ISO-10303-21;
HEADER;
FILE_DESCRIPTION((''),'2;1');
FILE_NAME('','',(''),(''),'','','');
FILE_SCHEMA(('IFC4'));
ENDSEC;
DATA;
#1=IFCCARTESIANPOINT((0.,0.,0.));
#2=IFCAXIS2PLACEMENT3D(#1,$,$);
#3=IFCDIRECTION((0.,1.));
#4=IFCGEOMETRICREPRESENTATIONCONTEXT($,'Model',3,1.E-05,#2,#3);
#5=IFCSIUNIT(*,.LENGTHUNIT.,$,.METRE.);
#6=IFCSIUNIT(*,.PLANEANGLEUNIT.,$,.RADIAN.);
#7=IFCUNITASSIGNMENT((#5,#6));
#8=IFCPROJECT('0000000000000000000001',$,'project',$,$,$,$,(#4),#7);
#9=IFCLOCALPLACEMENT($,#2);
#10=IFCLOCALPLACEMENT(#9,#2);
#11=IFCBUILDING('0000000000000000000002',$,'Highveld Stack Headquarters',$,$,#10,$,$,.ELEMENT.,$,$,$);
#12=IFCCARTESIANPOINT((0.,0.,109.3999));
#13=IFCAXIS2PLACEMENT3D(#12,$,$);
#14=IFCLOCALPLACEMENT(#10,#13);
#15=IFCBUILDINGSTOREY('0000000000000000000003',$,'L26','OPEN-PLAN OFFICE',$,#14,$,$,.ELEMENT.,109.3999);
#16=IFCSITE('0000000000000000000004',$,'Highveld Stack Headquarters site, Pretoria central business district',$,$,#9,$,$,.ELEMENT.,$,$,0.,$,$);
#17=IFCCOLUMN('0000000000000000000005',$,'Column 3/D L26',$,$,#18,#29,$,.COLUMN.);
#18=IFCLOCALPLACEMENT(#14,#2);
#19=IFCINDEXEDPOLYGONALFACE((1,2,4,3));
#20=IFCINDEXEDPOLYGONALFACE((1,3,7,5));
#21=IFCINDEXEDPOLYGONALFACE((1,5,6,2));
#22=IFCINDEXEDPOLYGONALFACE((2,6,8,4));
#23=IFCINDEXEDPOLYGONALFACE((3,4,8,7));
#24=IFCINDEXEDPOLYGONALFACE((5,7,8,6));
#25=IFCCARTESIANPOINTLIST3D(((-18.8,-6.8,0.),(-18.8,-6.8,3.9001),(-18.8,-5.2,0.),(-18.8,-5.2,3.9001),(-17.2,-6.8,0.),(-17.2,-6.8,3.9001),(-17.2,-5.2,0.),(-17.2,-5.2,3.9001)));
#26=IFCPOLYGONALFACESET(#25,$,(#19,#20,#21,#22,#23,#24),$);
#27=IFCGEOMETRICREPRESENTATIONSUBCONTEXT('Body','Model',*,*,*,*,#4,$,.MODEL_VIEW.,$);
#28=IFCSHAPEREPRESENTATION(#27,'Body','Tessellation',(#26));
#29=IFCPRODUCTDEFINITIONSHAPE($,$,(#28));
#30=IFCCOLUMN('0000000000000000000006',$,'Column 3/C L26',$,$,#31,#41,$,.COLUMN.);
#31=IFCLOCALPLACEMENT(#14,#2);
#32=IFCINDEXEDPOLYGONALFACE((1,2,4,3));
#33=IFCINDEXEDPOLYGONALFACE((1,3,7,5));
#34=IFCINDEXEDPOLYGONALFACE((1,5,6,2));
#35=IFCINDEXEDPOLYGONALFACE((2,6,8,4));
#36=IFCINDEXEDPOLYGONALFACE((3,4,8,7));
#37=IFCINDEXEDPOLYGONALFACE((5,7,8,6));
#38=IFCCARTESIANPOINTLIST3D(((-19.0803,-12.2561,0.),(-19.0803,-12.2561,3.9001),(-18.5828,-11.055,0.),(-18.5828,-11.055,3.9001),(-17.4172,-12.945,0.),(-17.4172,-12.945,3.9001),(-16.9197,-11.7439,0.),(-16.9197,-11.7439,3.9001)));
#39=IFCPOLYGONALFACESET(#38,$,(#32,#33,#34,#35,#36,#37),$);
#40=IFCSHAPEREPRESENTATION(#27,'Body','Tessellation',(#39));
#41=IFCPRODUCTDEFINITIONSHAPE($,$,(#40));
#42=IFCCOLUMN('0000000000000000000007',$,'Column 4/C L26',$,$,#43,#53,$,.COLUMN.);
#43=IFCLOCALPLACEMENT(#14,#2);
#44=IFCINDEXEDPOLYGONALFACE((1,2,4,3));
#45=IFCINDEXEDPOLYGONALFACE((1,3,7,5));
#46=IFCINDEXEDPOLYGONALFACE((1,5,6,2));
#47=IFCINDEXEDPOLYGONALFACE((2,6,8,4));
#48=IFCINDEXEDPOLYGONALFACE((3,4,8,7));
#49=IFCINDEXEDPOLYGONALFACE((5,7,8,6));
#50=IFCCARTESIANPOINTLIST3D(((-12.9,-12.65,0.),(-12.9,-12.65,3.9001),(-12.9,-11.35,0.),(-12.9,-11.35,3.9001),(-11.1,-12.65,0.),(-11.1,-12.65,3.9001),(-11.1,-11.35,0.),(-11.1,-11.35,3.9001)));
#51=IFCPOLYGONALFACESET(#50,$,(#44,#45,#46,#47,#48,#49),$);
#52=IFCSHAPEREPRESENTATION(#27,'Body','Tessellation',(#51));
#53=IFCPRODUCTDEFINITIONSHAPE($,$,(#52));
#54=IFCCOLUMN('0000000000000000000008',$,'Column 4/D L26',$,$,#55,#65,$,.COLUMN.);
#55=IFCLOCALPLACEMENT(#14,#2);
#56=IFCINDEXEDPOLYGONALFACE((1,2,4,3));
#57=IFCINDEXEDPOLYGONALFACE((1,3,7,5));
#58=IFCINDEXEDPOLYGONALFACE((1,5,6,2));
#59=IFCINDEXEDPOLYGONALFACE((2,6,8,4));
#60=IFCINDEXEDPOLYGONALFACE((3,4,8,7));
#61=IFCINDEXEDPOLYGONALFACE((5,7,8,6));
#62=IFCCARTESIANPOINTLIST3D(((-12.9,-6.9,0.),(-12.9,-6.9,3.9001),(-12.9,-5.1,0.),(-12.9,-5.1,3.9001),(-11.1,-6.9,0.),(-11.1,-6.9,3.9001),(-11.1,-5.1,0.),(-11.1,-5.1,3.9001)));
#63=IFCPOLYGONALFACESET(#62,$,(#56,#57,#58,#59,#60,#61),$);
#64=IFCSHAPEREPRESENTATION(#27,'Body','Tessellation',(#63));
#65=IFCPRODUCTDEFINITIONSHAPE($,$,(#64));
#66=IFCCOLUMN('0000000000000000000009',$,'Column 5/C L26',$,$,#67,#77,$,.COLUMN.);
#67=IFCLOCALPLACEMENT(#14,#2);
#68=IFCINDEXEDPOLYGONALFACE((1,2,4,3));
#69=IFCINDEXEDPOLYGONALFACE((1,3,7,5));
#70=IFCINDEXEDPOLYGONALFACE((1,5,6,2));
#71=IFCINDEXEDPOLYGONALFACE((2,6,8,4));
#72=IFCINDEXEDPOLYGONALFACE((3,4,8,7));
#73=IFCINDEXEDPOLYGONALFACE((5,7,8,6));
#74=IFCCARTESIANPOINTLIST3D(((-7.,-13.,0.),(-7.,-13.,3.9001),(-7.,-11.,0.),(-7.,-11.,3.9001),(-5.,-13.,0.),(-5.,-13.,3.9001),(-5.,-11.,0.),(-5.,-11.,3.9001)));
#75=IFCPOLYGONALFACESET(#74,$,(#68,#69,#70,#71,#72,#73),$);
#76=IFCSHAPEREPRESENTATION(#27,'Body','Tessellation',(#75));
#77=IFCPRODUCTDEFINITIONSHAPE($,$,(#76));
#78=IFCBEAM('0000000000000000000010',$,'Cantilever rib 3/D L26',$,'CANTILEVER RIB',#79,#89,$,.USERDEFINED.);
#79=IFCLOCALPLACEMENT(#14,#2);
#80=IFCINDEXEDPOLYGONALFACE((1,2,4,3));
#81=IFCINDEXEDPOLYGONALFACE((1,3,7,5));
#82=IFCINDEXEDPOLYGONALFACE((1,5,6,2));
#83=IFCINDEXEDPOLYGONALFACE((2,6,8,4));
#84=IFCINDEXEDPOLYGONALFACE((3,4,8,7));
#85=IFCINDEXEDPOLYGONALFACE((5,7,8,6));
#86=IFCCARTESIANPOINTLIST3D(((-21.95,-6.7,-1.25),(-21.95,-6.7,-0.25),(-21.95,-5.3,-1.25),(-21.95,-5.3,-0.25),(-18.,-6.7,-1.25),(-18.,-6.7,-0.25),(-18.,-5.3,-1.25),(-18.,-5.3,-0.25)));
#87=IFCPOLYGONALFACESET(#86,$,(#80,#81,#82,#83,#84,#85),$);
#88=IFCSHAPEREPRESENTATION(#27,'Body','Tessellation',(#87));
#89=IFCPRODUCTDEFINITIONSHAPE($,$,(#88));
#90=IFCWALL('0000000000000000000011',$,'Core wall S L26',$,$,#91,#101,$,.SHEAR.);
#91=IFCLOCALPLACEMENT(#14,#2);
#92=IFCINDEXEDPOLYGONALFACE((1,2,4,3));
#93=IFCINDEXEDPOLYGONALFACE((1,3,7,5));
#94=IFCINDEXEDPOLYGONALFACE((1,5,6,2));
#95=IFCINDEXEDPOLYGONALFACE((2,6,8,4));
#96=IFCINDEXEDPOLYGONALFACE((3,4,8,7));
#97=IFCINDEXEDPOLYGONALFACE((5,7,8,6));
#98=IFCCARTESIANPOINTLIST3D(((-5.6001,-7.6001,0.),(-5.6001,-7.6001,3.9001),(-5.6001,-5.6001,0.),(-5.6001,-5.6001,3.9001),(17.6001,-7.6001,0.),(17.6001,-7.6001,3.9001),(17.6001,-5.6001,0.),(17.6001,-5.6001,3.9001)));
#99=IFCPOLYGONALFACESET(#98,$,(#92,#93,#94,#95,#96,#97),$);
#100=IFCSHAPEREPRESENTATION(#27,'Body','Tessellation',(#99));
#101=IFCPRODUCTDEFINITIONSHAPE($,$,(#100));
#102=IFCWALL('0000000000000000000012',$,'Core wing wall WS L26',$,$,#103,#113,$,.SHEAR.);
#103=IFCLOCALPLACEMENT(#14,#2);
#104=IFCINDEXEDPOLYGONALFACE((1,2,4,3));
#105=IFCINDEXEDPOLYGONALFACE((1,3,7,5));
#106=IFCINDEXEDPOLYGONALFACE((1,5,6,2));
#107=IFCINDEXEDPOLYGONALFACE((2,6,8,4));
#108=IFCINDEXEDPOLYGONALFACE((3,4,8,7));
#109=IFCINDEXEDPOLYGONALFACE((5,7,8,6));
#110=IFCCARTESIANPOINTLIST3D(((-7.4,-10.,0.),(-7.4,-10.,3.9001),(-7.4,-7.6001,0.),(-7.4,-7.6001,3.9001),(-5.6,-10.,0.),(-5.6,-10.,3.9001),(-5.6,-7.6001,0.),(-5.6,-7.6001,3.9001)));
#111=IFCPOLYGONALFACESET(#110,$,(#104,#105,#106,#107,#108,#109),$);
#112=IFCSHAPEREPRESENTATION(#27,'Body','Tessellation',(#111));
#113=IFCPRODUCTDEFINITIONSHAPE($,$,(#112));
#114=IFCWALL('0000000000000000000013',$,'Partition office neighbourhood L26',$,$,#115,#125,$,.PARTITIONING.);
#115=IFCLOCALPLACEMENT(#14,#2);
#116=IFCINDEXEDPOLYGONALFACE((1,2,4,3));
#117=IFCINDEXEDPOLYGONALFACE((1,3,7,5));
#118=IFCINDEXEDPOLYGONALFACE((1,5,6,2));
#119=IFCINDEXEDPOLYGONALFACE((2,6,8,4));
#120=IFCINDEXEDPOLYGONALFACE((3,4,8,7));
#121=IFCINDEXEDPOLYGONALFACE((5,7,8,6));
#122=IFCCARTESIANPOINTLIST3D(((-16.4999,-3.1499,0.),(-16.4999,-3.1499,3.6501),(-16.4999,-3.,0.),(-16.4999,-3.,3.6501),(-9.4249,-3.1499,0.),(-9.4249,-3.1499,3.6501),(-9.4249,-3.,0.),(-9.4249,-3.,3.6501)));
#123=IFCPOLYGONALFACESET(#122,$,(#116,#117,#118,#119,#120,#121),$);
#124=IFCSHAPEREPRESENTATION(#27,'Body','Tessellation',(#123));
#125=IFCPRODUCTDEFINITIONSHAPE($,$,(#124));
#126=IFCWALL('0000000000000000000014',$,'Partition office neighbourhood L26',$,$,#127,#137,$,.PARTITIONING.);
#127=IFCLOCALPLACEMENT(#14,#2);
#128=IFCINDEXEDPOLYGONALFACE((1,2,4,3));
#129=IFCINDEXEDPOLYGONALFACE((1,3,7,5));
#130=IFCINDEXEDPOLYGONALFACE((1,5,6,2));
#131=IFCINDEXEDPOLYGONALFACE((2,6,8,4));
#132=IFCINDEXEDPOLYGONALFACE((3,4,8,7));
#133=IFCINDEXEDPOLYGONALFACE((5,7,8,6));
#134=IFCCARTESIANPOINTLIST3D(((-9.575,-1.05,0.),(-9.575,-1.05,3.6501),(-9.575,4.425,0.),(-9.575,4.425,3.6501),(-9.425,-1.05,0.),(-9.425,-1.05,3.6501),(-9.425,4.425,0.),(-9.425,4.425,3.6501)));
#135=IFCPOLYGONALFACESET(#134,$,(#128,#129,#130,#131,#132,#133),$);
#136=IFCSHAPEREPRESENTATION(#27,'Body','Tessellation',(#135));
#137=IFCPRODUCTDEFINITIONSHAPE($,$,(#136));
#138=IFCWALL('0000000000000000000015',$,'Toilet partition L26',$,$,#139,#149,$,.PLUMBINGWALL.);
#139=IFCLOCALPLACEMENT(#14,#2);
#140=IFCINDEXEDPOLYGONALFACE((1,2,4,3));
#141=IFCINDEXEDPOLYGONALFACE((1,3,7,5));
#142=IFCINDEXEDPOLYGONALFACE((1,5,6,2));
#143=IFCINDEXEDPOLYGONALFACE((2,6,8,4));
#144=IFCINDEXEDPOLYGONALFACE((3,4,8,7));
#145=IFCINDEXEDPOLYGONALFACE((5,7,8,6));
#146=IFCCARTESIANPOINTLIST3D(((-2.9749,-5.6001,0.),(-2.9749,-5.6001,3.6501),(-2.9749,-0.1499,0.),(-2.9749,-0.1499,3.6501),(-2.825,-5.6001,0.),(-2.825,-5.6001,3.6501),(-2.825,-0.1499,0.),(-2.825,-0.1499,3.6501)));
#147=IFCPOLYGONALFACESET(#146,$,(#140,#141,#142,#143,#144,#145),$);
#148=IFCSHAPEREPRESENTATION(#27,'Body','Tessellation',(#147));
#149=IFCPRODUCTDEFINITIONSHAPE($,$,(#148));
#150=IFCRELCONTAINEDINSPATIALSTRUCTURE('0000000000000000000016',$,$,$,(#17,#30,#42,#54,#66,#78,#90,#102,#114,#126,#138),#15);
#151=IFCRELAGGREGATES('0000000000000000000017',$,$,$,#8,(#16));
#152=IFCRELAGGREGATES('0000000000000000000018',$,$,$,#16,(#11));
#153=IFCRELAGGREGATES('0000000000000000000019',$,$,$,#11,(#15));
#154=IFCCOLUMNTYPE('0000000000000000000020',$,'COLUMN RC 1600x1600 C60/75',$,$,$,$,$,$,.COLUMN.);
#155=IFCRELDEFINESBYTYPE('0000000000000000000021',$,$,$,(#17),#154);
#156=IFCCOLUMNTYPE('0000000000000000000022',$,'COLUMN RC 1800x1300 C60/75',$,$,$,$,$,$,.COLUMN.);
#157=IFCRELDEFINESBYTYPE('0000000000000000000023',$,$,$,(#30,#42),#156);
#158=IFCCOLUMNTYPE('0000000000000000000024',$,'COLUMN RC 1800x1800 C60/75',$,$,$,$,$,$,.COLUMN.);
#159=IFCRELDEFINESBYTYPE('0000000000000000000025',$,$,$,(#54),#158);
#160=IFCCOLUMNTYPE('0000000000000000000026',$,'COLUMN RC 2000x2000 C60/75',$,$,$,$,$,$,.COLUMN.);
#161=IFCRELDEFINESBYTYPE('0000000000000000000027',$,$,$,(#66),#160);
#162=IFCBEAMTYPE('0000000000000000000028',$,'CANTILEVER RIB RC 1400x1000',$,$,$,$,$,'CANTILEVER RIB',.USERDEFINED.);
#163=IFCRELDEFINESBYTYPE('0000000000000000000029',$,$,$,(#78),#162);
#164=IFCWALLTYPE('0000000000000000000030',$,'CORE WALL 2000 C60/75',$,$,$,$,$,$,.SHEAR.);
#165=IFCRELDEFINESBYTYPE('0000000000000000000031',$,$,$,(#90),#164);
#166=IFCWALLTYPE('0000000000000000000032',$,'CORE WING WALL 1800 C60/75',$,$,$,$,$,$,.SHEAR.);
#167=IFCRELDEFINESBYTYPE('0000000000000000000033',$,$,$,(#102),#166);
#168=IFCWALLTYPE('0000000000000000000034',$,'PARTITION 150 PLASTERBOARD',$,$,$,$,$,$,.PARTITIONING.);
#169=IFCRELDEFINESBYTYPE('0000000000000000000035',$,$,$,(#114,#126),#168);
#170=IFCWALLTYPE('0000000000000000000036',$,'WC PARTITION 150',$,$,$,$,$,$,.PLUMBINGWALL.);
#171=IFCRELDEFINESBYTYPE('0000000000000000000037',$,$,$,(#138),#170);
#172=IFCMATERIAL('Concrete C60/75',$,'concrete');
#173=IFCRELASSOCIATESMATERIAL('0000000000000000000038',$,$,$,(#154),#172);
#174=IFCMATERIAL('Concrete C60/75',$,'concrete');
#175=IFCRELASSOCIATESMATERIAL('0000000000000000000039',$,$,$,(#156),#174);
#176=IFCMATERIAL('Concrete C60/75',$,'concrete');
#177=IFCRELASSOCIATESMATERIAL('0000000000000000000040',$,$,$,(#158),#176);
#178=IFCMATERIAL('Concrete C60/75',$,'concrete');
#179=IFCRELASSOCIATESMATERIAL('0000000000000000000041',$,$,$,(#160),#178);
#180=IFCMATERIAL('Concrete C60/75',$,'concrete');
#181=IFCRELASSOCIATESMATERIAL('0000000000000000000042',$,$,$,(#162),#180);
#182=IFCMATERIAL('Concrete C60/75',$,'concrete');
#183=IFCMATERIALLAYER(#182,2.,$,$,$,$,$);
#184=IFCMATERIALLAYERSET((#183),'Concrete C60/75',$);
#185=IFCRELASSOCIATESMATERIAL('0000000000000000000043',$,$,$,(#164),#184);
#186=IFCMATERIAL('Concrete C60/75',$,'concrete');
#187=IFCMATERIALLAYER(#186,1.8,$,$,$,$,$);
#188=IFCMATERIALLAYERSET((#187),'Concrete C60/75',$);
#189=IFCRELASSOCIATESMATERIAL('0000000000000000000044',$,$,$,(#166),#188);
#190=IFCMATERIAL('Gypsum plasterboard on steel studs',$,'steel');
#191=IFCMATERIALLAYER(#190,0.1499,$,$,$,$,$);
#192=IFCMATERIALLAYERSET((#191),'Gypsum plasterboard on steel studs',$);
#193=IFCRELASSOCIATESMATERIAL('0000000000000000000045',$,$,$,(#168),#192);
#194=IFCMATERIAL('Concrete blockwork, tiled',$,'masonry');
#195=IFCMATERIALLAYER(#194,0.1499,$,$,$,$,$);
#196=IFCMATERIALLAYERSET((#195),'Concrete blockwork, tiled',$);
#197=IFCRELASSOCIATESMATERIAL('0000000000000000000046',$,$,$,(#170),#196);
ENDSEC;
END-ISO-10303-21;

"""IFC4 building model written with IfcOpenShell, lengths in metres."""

from ifc_helpers import new_model, si_unit, direction, frame, frame_2d, origin, origin_2d, place, context, subcontext, project, spatial, rectangle, extrude, material, layer, layer_set, material_profile, profile_set, type_object, element, save


model = new_model("IFC4")

# Units and contexts
model_context = context("Model", 3, precision=1e-05, world=origin(), true_north=direction((0.0, 1.0)))
body_context = subcontext(model_context, "Body", "Model", "MODEL_VIEW")
ifc_project = project(units=[si_unit("LENGTHUNIT", "METRE"), si_unit("PLANEANGLEUNIT", "RADIAN")], contexts=[model_context])

# Site, building, storey
site_placement = place(None, origin())
site = spatial("IfcSite", under=ifc_project, at=site_placement, Name="Highveld Stack Headquarters site, Pretoria central business district", CompositionType="ELEMENT", RefElevation=0.0)
building_placement = place(site_placement, origin())
building = spatial("IfcBuilding", under=site, at=building_placement, Name="Highveld Stack Headquarters", CompositionType="ELEMENT")
storey_placement = place(building_placement, frame((0.0, 0.0, 109.3999)))
storey = spatial("IfcBuildingStorey", under=building, at=storey_placement, Name="L26", Description="OPEN-PLAN OFFICE", CompositionType="ELEMENT", Elevation=109.3999)

# Columns
ifc_material_1 = material(Name="Concrete C60/75", Category="concrete")
ifc_material_profile_1 = material_profile(ifc_material_1, rectangle(XDim=1.6001, YDim=1.6001, at=origin_2d()), Name="RC 1600x1600")
ifc_profile_set_1 = profile_set([ifc_material_profile_1], Name="Concrete C60/75")
column_type_1 = type_object("IfcColumnType", Name="COLUMN RC 1600x1600 C60/75", PredefinedType="COLUMN", material=ifc_profile_set_1)
column_1_placement = place(storey_placement, frame((-18.0, -6.0, 0.0), z_axis=(0.0, 0.0, 1.0), x_axis=(1.0, 0.0, 0.0)))
element("IfcColumn", 1, at=column_1_placement, inside=storey, type_object=column_type_1, Name="Column 3/D L26", PredefinedType="COLUMN", context=body_context, shape_type="SweptSolid", body=[
    extrude(rectangle(XDim=1.6001, YDim=1.6001, at=origin_2d()), origin(), (0.0, 0.0, 1.0), 3.9001),
])
ifc_material_2 = material(Name="Concrete C60/75", Category="concrete")
ifc_material_profile_2 = material_profile(ifc_material_2, rectangle(XDim=1.8, YDim=1.3, at=origin_2d()), Name="RC 1800x1300")
ifc_profile_set_2 = profile_set([ifc_material_profile_2], Name="Concrete C60/75")
column_type_2 = type_object("IfcColumnType", Name="COLUMN RC 1800x1300 C60/75", PredefinedType="COLUMN", material=ifc_profile_set_2)
for number, where, z_axis, x_axis, name in (
    (2, (-18.0, -12.0, 0.0), (0.0, 0.0, 1.0), (-0.92388, 0.382683, 0.0), "Column 3/C L26"),
    (3, (-12.0, -12.0, 0.0), (0.0, 0.0, 1.0), (1.0, 0.0, 0.0), "Column 4/C L26"),
):
    element("IfcColumn", number, at=place(storey_placement, frame(where, z_axis=z_axis, x_axis=x_axis)), inside=storey, type_object=column_type_2, Name=name, PredefinedType="COLUMN", context=body_context, shape_type="SweptSolid", body=[
        extrude(rectangle(XDim=1.8, YDim=1.3, at=origin_2d()), origin(), (0.0, 0.0, 1.0), 3.9001),
    ])
ifc_material_3 = material(Name="Concrete C60/75", Category="concrete")
ifc_material_profile_3 = material_profile(ifc_material_3, rectangle(XDim=1.8, YDim=1.8, at=origin_2d()), Name="RC 1800x1800")
ifc_profile_set_3 = profile_set([ifc_material_profile_3], Name="Concrete C60/75")
column_type_3 = type_object("IfcColumnType", Name="COLUMN RC 1800x1800 C60/75", PredefinedType="COLUMN", material=ifc_profile_set_3)
column_2_placement = place(storey_placement, frame((-12.0, -6.0, 0.0), z_axis=(0.0, 0.0, 1.0), x_axis=(1.0, 0.0, 0.0)))
element("IfcColumn", 4, at=column_2_placement, inside=storey, type_object=column_type_3, Name="Column 4/D L26", PredefinedType="COLUMN", context=body_context, shape_type="SweptSolid", body=[
    extrude(rectangle(XDim=1.8, YDim=1.8, at=origin_2d()), origin(), (0.0, 0.0, 1.0), 3.9001),
])
ifc_material_4 = material(Name="Concrete C60/75", Category="concrete")
ifc_material_profile_4 = material_profile(ifc_material_4, rectangle(XDim=2.0, YDim=2.0, at=origin_2d()), Name="RC 2000x2000")
ifc_profile_set_4 = profile_set([ifc_material_profile_4], Name="Concrete C60/75")
column_type_4 = type_object("IfcColumnType", Name="COLUMN RC 2000x2000 C60/75", PredefinedType="COLUMN", material=ifc_profile_set_4)
column_3_placement = place(storey_placement, frame((-6.0, -12.0, 0.0), z_axis=(0.0, 0.0, 1.0), x_axis=(1.0, 0.0, 0.0)))
element("IfcColumn", 5, at=column_3_placement, inside=storey, type_object=column_type_4, Name="Column 5/C L26", PredefinedType="COLUMN", context=body_context, shape_type="SweptSolid", body=[
    extrude(rectangle(XDim=2.0, YDim=2.0, at=origin_2d()), origin(), (0.0, 0.0, 1.0), 3.9001),
])

# Beam
ifc_material_5 = material(Name="Concrete C60/75", Category="concrete")
ifc_material_profile_5 = material_profile(ifc_material_5, rectangle(XDim=1.3999, YDim=1.0, at=origin_2d()), Name="RC 1400x1000")
ifc_profile_set_5 = profile_set([ifc_material_profile_5], Name="Concrete C60/75")
beam_type = type_object("IfcBeamType", Name="CANTILEVER RIB RC 1400x1000", ElementType="CANTILEVER RIB", PredefinedType="USERDEFINED", material=ifc_profile_set_5)
beam_placement = place(storey_placement, frame((-18.0, -6.0, -0.75), z_axis=(-1.0, 0.0, 0.0), x_axis=(0.0, -1.0, 0.0)))
element("IfcBeam", 6, at=beam_placement, inside=storey, type_object=beam_type, Name="Cantilever rib 3/D L26", ObjectType="CANTILEVER RIB", PredefinedType="USERDEFINED", context=body_context, shape_type="SweptSolid", body=[
    extrude(rectangle(XDim=1.3999, YDim=1.0, at=origin_2d()), origin(), (0.0, 0.0, 1.0), 3.95),
])

# Walls
ifc_material_6 = material(Name="Concrete C60/75", Category="concrete")
ifc_layer_1 = layer(ifc_material_6, 2.0)
ifc_layer_set_1 = layer_set([ifc_layer_1], Name="Concrete C60/75")
wall_type_1 = type_object("IfcWallType", Name="CORE WALL 2000 C60/75", PredefinedType="SHEAR", material=ifc_layer_set_1)
wall_1_placement = place(storey_placement, frame((-5.6001, -6.6001, 0.0), z_axis=(0.0, 0.0, 1.0), x_axis=(1.0, 0.0, 0.0)))
element("IfcWall", 7, at=wall_1_placement, inside=storey, type_object=wall_type_1, Name="Core wall S L26", PredefinedType="SHEAR", context=body_context, shape_type="SweptSolid", body=[
    extrude(rectangle(XDim=23.2002, YDim=2.0, at=frame_2d((11.6001, 0.0))), origin(), (0.0, 0.0, 1.0), 3.9001),
])
ifc_material_7 = material(Name="Concrete C60/75", Category="concrete")
ifc_layer_2 = layer(ifc_material_7, 1.8)
ifc_layer_set_2 = layer_set([ifc_layer_2], Name="Concrete C60/75")
wall_type_2 = type_object("IfcWallType", Name="CORE WING WALL 1800 C60/75", PredefinedType="SHEAR", material=ifc_layer_set_2)
wall_2_placement = place(storey_placement, frame((-6.5, -10.0, 0.0), z_axis=(0.0, 0.0, 1.0), x_axis=(0.0, 1.0, 0.0)))
element("IfcWall", 8, at=wall_2_placement, inside=storey, type_object=wall_type_2, Name="Core wing wall WS L26", PredefinedType="SHEAR", context=body_context, shape_type="SweptSolid", body=[
    extrude(rectangle(XDim=2.3999, YDim=1.8, at=frame_2d((1.2, 0.0))), origin(), (0.0, 0.0, 1.0), 3.9001),
])
ifc_material_8 = material(Name="Gypsum plasterboard on steel studs", Category="steel")
ifc_layer_3 = layer(ifc_material_8, 0.1499)
ifc_layer_set_3 = layer_set([ifc_layer_3], Name="Gypsum plasterboard on steel studs")
wall_type_3 = type_object("IfcWallType", Name="PARTITION 150 PLASTERBOARD", PredefinedType="PARTITIONING", material=ifc_layer_set_3)
wall_3_placement = place(storey_placement, frame((-16.5, -3.075, 0.0), z_axis=(0.0, 0.0, 1.0), x_axis=(1.0, 0.0, 0.0)))
element("IfcWall", 9, at=wall_3_placement, inside=storey, type_object=wall_type_3, Name="Partition office neighbourhood L26", PredefinedType="PARTITIONING", context=body_context, shape_type="SweptSolid", body=[
    extrude(rectangle(XDim=7.075, YDim=0.1499, at=frame_2d((3.5376, 0.0))), origin(), (0.0, 0.0, 1.0), 3.6501),
])
wall_4_placement = place(storey_placement, frame((-9.5, -1.05, 0.0), z_axis=(0.0, 0.0, 1.0), x_axis=(0.0, 1.0, 0.0)))
element("IfcWall", 10, at=wall_4_placement, inside=storey, type_object=wall_type_3, Name="Partition office neighbourhood L26", PredefinedType="PARTITIONING", context=body_context, shape_type="SweptSolid", body=[
    extrude(rectangle(XDim=5.4751, YDim=0.1499, at=frame_2d((2.7375, 0.0))), origin(), (0.0, 0.0, 1.0), 3.6501),
])
ifc_material_9 = material(Name="Concrete blockwork, tiled", Category="masonry")
ifc_layer_4 = layer(ifc_material_9, 0.1499)
ifc_layer_set_4 = layer_set([ifc_layer_4], Name="Concrete blockwork, tiled")
wall_type_4 = type_object("IfcWallType", Name="WC PARTITION 150", PredefinedType="PLUMBINGWALL", material=ifc_layer_set_4)
wall_5_placement = place(storey_placement, frame((-2.8999, -5.6001, 0.0), z_axis=(0.0, 0.0, 1.0), x_axis=(0.0, 1.0, 0.0)))
element("IfcWall", 11, at=wall_5_placement, inside=storey, type_object=wall_type_4, Name="Toilet partition L26", PredefinedType="PLUMBINGWALL", context=body_context, shape_type="SweptSolid", body=[
    extrude(rectangle(XDim=5.4502, YDim=0.1499, at=frame_2d((2.7251, 0.0))), origin(), (0.0, 0.0, 1.0), 3.6501),
])

save(model, "model.ifc")
